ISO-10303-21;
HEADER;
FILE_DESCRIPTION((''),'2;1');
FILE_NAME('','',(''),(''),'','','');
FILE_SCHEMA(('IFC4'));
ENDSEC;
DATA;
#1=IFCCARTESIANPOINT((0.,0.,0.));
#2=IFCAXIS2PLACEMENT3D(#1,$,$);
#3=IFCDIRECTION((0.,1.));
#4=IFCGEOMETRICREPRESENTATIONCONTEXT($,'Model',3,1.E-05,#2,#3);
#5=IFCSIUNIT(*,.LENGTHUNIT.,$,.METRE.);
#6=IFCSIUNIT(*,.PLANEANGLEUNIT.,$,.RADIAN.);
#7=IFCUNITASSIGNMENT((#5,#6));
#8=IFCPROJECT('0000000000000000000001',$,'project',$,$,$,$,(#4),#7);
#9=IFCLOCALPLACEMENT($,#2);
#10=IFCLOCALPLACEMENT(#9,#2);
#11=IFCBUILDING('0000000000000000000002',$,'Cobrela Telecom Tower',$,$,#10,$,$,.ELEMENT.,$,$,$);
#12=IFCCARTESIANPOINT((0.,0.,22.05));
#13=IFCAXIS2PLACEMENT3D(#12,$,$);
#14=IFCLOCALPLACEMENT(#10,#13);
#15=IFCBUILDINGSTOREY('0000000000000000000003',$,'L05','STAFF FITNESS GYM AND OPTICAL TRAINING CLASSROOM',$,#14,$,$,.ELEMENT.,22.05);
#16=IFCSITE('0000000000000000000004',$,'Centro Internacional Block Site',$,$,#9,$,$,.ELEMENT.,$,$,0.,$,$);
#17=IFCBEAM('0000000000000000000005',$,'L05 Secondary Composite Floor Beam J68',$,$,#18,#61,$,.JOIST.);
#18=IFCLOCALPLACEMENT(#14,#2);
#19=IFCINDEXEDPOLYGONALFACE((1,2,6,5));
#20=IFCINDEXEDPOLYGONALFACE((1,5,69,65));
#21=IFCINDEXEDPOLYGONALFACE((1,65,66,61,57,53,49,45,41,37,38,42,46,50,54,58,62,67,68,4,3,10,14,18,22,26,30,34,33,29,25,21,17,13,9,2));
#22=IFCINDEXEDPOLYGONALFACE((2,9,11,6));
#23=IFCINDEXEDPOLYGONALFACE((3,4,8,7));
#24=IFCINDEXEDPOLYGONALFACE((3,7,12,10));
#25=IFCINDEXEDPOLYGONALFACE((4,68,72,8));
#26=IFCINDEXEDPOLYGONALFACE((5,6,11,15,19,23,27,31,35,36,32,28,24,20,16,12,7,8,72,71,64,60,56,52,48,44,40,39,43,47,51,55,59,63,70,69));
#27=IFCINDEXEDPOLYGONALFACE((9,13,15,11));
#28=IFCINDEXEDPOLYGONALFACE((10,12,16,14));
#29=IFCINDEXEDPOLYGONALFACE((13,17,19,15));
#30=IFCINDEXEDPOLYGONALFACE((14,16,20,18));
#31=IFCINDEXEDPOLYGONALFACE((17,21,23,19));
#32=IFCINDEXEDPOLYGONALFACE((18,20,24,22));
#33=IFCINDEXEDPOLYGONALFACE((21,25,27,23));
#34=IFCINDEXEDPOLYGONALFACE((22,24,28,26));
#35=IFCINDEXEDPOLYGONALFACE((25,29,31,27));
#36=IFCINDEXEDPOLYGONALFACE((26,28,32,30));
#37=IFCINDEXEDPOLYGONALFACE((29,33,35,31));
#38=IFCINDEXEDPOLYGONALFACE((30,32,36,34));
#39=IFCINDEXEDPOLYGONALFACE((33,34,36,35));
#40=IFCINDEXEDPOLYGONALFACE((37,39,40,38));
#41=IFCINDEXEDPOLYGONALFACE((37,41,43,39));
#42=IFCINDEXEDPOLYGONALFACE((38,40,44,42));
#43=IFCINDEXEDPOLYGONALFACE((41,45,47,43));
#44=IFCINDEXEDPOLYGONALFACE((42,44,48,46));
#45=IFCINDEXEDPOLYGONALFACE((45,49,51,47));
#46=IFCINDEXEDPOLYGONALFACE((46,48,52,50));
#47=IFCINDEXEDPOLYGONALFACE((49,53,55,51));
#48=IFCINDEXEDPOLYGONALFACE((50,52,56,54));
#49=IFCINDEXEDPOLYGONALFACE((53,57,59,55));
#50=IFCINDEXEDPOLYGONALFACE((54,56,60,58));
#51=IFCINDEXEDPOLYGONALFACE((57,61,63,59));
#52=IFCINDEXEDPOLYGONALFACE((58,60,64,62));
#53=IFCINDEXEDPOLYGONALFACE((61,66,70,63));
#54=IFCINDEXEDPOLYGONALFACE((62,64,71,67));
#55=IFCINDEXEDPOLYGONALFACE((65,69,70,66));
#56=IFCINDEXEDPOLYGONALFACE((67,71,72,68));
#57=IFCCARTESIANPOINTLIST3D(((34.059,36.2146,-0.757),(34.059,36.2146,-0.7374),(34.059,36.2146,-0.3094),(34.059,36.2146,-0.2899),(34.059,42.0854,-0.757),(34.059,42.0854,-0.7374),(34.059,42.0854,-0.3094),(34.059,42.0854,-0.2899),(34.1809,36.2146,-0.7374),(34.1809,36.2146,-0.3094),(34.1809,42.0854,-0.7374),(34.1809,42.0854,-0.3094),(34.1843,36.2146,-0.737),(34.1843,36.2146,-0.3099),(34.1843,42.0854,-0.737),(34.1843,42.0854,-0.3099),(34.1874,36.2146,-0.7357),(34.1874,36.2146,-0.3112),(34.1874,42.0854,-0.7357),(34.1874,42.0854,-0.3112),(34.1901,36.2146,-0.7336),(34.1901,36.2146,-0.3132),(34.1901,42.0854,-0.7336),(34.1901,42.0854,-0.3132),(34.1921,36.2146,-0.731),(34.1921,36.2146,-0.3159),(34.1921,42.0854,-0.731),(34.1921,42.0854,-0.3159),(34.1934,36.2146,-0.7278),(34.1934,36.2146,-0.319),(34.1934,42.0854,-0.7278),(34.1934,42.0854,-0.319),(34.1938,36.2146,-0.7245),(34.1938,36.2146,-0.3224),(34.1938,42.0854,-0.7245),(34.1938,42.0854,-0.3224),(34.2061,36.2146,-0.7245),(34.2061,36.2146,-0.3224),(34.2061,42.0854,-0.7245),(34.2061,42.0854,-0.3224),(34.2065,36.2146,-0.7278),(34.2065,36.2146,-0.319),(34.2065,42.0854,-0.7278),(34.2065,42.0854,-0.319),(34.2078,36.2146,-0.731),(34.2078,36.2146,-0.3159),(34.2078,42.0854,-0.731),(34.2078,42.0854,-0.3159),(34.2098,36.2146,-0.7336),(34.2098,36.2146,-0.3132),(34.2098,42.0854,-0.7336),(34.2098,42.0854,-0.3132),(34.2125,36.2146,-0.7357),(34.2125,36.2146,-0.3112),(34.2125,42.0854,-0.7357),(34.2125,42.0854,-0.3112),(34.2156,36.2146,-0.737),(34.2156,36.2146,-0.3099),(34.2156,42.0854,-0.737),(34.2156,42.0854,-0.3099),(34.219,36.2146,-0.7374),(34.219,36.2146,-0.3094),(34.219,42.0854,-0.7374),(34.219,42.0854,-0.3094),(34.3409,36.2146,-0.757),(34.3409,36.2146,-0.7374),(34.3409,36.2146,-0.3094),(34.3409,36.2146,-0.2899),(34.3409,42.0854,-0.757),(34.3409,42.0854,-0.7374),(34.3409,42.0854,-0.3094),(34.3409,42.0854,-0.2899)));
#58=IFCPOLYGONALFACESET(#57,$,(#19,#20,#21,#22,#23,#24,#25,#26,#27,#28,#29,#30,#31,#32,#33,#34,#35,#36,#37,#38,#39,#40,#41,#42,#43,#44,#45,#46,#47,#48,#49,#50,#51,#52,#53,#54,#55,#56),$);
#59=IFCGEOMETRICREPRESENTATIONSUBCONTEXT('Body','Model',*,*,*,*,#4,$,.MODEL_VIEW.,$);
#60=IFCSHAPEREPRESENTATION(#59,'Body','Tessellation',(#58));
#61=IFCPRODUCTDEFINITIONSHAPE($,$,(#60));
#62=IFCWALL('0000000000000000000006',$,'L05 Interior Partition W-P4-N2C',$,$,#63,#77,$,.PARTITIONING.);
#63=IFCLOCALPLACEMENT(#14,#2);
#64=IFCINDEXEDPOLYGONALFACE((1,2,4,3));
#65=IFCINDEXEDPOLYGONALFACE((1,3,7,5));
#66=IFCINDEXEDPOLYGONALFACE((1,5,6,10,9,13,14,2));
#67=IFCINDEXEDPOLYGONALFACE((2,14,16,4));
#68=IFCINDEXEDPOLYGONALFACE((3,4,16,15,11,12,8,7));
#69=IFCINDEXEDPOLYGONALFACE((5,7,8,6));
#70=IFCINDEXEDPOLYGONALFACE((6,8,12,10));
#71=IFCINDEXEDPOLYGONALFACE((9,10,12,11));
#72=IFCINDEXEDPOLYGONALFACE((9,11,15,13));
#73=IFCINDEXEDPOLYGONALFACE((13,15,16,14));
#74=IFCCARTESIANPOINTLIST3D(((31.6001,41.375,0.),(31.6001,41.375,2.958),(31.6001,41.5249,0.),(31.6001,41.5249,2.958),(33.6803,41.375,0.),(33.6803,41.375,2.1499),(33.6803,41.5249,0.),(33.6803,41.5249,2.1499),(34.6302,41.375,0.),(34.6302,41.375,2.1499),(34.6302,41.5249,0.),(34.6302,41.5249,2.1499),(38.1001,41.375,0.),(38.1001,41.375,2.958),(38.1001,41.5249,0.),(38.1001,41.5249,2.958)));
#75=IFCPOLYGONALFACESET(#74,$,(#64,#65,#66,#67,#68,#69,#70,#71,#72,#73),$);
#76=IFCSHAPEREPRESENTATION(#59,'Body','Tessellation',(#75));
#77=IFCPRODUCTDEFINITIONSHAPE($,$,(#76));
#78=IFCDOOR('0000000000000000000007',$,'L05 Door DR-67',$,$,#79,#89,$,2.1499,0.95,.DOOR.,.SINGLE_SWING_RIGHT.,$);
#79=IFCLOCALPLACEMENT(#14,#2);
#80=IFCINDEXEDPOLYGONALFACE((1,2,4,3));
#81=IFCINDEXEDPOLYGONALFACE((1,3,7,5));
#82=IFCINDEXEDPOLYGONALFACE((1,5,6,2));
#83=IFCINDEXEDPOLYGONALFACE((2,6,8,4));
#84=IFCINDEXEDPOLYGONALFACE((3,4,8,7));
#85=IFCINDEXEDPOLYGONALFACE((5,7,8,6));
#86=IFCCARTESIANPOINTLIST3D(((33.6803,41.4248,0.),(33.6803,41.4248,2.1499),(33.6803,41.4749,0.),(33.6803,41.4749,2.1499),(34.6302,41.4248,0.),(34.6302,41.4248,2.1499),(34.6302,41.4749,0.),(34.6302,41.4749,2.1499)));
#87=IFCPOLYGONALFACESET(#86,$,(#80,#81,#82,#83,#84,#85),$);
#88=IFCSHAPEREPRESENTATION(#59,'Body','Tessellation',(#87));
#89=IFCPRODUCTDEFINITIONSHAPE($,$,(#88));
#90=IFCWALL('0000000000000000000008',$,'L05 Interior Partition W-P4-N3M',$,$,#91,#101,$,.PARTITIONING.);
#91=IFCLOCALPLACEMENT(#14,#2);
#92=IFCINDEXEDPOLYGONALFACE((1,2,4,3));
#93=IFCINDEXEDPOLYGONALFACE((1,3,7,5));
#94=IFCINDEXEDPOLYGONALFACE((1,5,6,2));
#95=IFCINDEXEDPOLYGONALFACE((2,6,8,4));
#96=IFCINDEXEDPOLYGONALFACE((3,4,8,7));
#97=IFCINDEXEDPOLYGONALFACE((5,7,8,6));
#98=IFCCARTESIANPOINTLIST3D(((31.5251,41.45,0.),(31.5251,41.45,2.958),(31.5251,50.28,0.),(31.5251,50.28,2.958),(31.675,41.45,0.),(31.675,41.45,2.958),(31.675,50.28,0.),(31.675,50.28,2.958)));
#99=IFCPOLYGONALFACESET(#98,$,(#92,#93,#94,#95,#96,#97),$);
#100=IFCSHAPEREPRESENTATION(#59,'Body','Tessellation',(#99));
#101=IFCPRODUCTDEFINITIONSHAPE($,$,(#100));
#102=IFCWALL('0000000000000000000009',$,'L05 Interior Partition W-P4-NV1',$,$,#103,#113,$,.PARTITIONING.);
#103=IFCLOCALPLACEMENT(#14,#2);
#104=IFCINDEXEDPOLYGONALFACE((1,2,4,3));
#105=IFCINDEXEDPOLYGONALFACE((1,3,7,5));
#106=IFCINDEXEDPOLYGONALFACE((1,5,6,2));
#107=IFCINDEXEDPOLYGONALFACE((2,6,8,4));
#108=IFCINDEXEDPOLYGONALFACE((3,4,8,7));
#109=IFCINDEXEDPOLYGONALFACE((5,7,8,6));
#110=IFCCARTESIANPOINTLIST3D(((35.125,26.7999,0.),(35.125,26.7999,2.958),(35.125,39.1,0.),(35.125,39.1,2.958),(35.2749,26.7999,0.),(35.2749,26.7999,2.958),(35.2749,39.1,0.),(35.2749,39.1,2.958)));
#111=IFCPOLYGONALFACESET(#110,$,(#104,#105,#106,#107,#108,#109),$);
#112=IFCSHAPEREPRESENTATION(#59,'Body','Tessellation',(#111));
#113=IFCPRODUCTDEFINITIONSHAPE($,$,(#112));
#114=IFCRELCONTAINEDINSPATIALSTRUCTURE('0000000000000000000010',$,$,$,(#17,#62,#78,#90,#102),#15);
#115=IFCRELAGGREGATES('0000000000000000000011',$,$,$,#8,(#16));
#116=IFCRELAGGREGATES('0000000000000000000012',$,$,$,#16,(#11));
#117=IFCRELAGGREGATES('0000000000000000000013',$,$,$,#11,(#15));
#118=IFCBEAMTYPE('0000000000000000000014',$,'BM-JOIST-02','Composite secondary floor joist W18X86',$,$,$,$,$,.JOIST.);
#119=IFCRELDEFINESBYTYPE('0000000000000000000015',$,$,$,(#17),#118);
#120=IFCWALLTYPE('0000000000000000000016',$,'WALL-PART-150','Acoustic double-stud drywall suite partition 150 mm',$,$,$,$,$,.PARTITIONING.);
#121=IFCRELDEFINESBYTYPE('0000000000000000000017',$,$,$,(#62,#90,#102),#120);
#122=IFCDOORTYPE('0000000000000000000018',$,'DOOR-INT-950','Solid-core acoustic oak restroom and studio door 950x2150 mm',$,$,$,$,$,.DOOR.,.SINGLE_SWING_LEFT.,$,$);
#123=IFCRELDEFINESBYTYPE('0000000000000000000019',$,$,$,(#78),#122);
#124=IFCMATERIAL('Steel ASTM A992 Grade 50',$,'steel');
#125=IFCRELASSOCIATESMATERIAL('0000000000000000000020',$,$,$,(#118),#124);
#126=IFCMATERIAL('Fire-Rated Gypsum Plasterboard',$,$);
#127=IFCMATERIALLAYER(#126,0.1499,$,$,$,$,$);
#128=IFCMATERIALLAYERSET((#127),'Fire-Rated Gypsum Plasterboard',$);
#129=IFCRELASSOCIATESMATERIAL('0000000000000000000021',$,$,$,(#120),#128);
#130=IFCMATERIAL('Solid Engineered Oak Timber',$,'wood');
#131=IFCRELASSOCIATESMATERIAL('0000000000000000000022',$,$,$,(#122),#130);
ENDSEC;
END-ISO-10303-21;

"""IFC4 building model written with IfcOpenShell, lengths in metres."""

from ifc_helpers import new_model, si_unit, direction, frame, frame_2d, origin, origin_2d, place, context, subcontext, project, spatial, rectangle, i_section, extrude, material, layer, layer_set, material_profile, profile_set, type_object, element, fill, save


model = new_model("IFC4")

# Units and contexts
model_context = context("Model", 3, precision=1e-05, world=origin(), true_north=direction((0.0, 1.0)))
body_context = subcontext(model_context, "Body", "Model", "MODEL_VIEW")
ifc_project = project(units=[si_unit("LENGTHUNIT", "METRE"), si_unit("PLANEANGLEUNIT", "RADIAN")], contexts=[model_context])

# Site, building, storey
site_placement = place(None, origin())
site = spatial("IfcSite", under=ifc_project, at=site_placement, Name="Centro Internacional Block Site", CompositionType="ELEMENT", RefElevation=0.0)
building_placement = place(site_placement, origin())
building = spatial("IfcBuilding", under=site, at=building_placement, Name="Cobrela Telecom Tower", CompositionType="ELEMENT")
storey_placement = place(building_placement, frame((0.0, 0.0, 22.05)))
storey = spatial("IfcBuildingStorey", under=building, at=storey_placement, Name="L05", Description="STAFF FITNESS GYM AND OPTICAL TRAINING CLASSROOM", CompositionType="ELEMENT", Elevation=22.05)

# Beam
ifc_material_1 = material(Name="Steel ASTM A992 Grade 50", Category="steel")
ifc_material_profile_1 = material_profile(ifc_material_1, i_section(OverallWidth=0.282, OverallDepth=0.467, WebThickness=0.0122, FlangeThickness=0.0195, FilletRadius=0.0129, at=origin_2d()), Name="W18X86")
ifc_profile_set_1 = profile_set([ifc_material_profile_1], Name="Steel ASTM A992 Grade 50")
beam_type_1 = type_object("IfcBeamType", Name="BM-JOIST-02", Description="Composite secondary floor joist W18X86", PredefinedType="JOIST", material=ifc_profile_set_1)
beam_1_placement = place(storey_placement, frame((34.2, 36.2146, -0.5234), z_axis=(0.0, 1.0, 0.0), x_axis=(-1.0, 0.0, 0.0)))
element("IfcBeam", 1, at=beam_1_placement, inside=storey, type_object=beam_type_1, Name="L05 Secondary Composite Floor Beam J68", PredefinedType="JOIST", context=body_context, shape_type="SweptSolid", body=[
    extrude(i_section(OverallWidth=0.282, OverallDepth=0.467, WebThickness=0.0122, FlangeThickness=0.0195, FilletRadius=0.0129, at=origin_2d()), origin(), (0.0, 0.0, 1.0), 5.8708),
])

# Wall, opening, door
ifc_material_2 = material(Name="Fire-Rated Gypsum Plasterboard")
ifc_layer = layer(ifc_material_2, 0.1499)
ifc_layer_set = layer_set([ifc_layer], Name="Fire-Rated Gypsum Plasterboard")
wall_type = type_object("IfcWallType", Name="WALL-PART-150", Description="Acoustic double-stud drywall suite partition 150 mm", PredefinedType="PARTITIONING", material=ifc_layer_set)
wall_1_placement = place(storey_placement, frame((31.6001, 41.45, 0.0), z_axis=(0.0, 0.0, 1.0), x_axis=(1.0, 0.0, 0.0)))
wall_1 = element("IfcWall", 2, at=wall_1_placement, inside=storey, type_object=wall_type, Name="L05 Interior Partition W-P4-N2C", PredefinedType="PARTITIONING", context=body_context, shape_type="SweptSolid", body=[
    extrude(rectangle(XDim=6.5, YDim=0.1499, at=frame_2d((3.25, 0.0))), origin(), (0.0, 0.0, 1.0), 2.958),
])
opening_placement = place(wall_1_placement, frame((2.0801, 0.0, 0.0)))
opening = element("IfcOpeningElement", 3, at=opening_placement, cuts=wall_1, PredefinedType="OPENING", context=body_context, shape_type="SweptSolid", body=[
    extrude(rectangle(XDim=0.95, YDim=2.1499, at=frame_2d((0.4751, 1.075))), frame((0.0, 0.0869, 0.0), z_axis=(0.0, -1.0, 0.0), x_axis=(1.0, 0.0, 0.0)), (0.0, 0.0, 1.0), 0.1738),
])
ifc_material_3 = material(Name="Solid Engineered Oak Timber", Category="wood")
door_type = type_object("IfcDoorType", Name="DOOR-INT-950", Description="Solid-core acoustic oak restroom and studio door 950x2150 mm", OperationType="SINGLE_SWING_LEFT", PredefinedType="DOOR", material=ifc_material_3)
door_placement = place(opening_placement, origin())
door = element("IfcDoor", 4, at=door_placement, inside=storey, type_object=door_type, Name="L05 Door DR-67", OperationType="SINGLE_SWING_RIGHT", OverallHeight=2.1499, OverallWidth=0.95, PredefinedType="DOOR", context=body_context, shape_type="SweptSolid", body=[
    extrude(rectangle(XDim=0.95, YDim=2.1499, at=frame_2d((0.4751, 1.075))), frame((0.0, 0.0249, 0.0), z_axis=(0.0, -1.0, 0.0), x_axis=(1.0, 0.0, 0.0)), (0.0, 0.0, 1.0), 0.05),
])
fill(opening, door)

# Walls
wall_2_placement = place(storey_placement, frame((31.6001, 41.45, 0.0), z_axis=(0.0, 0.0, 1.0), x_axis=(0.0, 1.0, 0.0)))
element("IfcWall", 5, at=wall_2_placement, inside=storey, type_object=wall_type, Name="L05 Interior Partition W-P4-N3M", PredefinedType="PARTITIONING", context=body_context, shape_type="SweptSolid", body=[
    extrude(rectangle(XDim=8.8301, YDim=0.1499, at=frame_2d((4.415, 0.0))), origin(), (0.0, 0.0, 1.0), 2.958),
])
wall_3_placement = place(storey_placement, frame((35.2, 26.8, 0.0), z_axis=(0.0, 0.0, 1.0), x_axis=(0.0, 1.0, 0.0)))
element("IfcWall", 6, at=wall_3_placement, inside=storey, type_object=wall_type, Name="L05 Interior Partition W-P4-NV1", PredefinedType="PARTITIONING", context=body_context, shape_type="SweptSolid", body=[
    extrude(rectangle(XDim=12.3, YDim=0.1499, at=frame_2d((6.1499, 0.0))), origin(), (0.0, 0.0, 1.0), 2.958),
])

save(model, "model.ifc")
